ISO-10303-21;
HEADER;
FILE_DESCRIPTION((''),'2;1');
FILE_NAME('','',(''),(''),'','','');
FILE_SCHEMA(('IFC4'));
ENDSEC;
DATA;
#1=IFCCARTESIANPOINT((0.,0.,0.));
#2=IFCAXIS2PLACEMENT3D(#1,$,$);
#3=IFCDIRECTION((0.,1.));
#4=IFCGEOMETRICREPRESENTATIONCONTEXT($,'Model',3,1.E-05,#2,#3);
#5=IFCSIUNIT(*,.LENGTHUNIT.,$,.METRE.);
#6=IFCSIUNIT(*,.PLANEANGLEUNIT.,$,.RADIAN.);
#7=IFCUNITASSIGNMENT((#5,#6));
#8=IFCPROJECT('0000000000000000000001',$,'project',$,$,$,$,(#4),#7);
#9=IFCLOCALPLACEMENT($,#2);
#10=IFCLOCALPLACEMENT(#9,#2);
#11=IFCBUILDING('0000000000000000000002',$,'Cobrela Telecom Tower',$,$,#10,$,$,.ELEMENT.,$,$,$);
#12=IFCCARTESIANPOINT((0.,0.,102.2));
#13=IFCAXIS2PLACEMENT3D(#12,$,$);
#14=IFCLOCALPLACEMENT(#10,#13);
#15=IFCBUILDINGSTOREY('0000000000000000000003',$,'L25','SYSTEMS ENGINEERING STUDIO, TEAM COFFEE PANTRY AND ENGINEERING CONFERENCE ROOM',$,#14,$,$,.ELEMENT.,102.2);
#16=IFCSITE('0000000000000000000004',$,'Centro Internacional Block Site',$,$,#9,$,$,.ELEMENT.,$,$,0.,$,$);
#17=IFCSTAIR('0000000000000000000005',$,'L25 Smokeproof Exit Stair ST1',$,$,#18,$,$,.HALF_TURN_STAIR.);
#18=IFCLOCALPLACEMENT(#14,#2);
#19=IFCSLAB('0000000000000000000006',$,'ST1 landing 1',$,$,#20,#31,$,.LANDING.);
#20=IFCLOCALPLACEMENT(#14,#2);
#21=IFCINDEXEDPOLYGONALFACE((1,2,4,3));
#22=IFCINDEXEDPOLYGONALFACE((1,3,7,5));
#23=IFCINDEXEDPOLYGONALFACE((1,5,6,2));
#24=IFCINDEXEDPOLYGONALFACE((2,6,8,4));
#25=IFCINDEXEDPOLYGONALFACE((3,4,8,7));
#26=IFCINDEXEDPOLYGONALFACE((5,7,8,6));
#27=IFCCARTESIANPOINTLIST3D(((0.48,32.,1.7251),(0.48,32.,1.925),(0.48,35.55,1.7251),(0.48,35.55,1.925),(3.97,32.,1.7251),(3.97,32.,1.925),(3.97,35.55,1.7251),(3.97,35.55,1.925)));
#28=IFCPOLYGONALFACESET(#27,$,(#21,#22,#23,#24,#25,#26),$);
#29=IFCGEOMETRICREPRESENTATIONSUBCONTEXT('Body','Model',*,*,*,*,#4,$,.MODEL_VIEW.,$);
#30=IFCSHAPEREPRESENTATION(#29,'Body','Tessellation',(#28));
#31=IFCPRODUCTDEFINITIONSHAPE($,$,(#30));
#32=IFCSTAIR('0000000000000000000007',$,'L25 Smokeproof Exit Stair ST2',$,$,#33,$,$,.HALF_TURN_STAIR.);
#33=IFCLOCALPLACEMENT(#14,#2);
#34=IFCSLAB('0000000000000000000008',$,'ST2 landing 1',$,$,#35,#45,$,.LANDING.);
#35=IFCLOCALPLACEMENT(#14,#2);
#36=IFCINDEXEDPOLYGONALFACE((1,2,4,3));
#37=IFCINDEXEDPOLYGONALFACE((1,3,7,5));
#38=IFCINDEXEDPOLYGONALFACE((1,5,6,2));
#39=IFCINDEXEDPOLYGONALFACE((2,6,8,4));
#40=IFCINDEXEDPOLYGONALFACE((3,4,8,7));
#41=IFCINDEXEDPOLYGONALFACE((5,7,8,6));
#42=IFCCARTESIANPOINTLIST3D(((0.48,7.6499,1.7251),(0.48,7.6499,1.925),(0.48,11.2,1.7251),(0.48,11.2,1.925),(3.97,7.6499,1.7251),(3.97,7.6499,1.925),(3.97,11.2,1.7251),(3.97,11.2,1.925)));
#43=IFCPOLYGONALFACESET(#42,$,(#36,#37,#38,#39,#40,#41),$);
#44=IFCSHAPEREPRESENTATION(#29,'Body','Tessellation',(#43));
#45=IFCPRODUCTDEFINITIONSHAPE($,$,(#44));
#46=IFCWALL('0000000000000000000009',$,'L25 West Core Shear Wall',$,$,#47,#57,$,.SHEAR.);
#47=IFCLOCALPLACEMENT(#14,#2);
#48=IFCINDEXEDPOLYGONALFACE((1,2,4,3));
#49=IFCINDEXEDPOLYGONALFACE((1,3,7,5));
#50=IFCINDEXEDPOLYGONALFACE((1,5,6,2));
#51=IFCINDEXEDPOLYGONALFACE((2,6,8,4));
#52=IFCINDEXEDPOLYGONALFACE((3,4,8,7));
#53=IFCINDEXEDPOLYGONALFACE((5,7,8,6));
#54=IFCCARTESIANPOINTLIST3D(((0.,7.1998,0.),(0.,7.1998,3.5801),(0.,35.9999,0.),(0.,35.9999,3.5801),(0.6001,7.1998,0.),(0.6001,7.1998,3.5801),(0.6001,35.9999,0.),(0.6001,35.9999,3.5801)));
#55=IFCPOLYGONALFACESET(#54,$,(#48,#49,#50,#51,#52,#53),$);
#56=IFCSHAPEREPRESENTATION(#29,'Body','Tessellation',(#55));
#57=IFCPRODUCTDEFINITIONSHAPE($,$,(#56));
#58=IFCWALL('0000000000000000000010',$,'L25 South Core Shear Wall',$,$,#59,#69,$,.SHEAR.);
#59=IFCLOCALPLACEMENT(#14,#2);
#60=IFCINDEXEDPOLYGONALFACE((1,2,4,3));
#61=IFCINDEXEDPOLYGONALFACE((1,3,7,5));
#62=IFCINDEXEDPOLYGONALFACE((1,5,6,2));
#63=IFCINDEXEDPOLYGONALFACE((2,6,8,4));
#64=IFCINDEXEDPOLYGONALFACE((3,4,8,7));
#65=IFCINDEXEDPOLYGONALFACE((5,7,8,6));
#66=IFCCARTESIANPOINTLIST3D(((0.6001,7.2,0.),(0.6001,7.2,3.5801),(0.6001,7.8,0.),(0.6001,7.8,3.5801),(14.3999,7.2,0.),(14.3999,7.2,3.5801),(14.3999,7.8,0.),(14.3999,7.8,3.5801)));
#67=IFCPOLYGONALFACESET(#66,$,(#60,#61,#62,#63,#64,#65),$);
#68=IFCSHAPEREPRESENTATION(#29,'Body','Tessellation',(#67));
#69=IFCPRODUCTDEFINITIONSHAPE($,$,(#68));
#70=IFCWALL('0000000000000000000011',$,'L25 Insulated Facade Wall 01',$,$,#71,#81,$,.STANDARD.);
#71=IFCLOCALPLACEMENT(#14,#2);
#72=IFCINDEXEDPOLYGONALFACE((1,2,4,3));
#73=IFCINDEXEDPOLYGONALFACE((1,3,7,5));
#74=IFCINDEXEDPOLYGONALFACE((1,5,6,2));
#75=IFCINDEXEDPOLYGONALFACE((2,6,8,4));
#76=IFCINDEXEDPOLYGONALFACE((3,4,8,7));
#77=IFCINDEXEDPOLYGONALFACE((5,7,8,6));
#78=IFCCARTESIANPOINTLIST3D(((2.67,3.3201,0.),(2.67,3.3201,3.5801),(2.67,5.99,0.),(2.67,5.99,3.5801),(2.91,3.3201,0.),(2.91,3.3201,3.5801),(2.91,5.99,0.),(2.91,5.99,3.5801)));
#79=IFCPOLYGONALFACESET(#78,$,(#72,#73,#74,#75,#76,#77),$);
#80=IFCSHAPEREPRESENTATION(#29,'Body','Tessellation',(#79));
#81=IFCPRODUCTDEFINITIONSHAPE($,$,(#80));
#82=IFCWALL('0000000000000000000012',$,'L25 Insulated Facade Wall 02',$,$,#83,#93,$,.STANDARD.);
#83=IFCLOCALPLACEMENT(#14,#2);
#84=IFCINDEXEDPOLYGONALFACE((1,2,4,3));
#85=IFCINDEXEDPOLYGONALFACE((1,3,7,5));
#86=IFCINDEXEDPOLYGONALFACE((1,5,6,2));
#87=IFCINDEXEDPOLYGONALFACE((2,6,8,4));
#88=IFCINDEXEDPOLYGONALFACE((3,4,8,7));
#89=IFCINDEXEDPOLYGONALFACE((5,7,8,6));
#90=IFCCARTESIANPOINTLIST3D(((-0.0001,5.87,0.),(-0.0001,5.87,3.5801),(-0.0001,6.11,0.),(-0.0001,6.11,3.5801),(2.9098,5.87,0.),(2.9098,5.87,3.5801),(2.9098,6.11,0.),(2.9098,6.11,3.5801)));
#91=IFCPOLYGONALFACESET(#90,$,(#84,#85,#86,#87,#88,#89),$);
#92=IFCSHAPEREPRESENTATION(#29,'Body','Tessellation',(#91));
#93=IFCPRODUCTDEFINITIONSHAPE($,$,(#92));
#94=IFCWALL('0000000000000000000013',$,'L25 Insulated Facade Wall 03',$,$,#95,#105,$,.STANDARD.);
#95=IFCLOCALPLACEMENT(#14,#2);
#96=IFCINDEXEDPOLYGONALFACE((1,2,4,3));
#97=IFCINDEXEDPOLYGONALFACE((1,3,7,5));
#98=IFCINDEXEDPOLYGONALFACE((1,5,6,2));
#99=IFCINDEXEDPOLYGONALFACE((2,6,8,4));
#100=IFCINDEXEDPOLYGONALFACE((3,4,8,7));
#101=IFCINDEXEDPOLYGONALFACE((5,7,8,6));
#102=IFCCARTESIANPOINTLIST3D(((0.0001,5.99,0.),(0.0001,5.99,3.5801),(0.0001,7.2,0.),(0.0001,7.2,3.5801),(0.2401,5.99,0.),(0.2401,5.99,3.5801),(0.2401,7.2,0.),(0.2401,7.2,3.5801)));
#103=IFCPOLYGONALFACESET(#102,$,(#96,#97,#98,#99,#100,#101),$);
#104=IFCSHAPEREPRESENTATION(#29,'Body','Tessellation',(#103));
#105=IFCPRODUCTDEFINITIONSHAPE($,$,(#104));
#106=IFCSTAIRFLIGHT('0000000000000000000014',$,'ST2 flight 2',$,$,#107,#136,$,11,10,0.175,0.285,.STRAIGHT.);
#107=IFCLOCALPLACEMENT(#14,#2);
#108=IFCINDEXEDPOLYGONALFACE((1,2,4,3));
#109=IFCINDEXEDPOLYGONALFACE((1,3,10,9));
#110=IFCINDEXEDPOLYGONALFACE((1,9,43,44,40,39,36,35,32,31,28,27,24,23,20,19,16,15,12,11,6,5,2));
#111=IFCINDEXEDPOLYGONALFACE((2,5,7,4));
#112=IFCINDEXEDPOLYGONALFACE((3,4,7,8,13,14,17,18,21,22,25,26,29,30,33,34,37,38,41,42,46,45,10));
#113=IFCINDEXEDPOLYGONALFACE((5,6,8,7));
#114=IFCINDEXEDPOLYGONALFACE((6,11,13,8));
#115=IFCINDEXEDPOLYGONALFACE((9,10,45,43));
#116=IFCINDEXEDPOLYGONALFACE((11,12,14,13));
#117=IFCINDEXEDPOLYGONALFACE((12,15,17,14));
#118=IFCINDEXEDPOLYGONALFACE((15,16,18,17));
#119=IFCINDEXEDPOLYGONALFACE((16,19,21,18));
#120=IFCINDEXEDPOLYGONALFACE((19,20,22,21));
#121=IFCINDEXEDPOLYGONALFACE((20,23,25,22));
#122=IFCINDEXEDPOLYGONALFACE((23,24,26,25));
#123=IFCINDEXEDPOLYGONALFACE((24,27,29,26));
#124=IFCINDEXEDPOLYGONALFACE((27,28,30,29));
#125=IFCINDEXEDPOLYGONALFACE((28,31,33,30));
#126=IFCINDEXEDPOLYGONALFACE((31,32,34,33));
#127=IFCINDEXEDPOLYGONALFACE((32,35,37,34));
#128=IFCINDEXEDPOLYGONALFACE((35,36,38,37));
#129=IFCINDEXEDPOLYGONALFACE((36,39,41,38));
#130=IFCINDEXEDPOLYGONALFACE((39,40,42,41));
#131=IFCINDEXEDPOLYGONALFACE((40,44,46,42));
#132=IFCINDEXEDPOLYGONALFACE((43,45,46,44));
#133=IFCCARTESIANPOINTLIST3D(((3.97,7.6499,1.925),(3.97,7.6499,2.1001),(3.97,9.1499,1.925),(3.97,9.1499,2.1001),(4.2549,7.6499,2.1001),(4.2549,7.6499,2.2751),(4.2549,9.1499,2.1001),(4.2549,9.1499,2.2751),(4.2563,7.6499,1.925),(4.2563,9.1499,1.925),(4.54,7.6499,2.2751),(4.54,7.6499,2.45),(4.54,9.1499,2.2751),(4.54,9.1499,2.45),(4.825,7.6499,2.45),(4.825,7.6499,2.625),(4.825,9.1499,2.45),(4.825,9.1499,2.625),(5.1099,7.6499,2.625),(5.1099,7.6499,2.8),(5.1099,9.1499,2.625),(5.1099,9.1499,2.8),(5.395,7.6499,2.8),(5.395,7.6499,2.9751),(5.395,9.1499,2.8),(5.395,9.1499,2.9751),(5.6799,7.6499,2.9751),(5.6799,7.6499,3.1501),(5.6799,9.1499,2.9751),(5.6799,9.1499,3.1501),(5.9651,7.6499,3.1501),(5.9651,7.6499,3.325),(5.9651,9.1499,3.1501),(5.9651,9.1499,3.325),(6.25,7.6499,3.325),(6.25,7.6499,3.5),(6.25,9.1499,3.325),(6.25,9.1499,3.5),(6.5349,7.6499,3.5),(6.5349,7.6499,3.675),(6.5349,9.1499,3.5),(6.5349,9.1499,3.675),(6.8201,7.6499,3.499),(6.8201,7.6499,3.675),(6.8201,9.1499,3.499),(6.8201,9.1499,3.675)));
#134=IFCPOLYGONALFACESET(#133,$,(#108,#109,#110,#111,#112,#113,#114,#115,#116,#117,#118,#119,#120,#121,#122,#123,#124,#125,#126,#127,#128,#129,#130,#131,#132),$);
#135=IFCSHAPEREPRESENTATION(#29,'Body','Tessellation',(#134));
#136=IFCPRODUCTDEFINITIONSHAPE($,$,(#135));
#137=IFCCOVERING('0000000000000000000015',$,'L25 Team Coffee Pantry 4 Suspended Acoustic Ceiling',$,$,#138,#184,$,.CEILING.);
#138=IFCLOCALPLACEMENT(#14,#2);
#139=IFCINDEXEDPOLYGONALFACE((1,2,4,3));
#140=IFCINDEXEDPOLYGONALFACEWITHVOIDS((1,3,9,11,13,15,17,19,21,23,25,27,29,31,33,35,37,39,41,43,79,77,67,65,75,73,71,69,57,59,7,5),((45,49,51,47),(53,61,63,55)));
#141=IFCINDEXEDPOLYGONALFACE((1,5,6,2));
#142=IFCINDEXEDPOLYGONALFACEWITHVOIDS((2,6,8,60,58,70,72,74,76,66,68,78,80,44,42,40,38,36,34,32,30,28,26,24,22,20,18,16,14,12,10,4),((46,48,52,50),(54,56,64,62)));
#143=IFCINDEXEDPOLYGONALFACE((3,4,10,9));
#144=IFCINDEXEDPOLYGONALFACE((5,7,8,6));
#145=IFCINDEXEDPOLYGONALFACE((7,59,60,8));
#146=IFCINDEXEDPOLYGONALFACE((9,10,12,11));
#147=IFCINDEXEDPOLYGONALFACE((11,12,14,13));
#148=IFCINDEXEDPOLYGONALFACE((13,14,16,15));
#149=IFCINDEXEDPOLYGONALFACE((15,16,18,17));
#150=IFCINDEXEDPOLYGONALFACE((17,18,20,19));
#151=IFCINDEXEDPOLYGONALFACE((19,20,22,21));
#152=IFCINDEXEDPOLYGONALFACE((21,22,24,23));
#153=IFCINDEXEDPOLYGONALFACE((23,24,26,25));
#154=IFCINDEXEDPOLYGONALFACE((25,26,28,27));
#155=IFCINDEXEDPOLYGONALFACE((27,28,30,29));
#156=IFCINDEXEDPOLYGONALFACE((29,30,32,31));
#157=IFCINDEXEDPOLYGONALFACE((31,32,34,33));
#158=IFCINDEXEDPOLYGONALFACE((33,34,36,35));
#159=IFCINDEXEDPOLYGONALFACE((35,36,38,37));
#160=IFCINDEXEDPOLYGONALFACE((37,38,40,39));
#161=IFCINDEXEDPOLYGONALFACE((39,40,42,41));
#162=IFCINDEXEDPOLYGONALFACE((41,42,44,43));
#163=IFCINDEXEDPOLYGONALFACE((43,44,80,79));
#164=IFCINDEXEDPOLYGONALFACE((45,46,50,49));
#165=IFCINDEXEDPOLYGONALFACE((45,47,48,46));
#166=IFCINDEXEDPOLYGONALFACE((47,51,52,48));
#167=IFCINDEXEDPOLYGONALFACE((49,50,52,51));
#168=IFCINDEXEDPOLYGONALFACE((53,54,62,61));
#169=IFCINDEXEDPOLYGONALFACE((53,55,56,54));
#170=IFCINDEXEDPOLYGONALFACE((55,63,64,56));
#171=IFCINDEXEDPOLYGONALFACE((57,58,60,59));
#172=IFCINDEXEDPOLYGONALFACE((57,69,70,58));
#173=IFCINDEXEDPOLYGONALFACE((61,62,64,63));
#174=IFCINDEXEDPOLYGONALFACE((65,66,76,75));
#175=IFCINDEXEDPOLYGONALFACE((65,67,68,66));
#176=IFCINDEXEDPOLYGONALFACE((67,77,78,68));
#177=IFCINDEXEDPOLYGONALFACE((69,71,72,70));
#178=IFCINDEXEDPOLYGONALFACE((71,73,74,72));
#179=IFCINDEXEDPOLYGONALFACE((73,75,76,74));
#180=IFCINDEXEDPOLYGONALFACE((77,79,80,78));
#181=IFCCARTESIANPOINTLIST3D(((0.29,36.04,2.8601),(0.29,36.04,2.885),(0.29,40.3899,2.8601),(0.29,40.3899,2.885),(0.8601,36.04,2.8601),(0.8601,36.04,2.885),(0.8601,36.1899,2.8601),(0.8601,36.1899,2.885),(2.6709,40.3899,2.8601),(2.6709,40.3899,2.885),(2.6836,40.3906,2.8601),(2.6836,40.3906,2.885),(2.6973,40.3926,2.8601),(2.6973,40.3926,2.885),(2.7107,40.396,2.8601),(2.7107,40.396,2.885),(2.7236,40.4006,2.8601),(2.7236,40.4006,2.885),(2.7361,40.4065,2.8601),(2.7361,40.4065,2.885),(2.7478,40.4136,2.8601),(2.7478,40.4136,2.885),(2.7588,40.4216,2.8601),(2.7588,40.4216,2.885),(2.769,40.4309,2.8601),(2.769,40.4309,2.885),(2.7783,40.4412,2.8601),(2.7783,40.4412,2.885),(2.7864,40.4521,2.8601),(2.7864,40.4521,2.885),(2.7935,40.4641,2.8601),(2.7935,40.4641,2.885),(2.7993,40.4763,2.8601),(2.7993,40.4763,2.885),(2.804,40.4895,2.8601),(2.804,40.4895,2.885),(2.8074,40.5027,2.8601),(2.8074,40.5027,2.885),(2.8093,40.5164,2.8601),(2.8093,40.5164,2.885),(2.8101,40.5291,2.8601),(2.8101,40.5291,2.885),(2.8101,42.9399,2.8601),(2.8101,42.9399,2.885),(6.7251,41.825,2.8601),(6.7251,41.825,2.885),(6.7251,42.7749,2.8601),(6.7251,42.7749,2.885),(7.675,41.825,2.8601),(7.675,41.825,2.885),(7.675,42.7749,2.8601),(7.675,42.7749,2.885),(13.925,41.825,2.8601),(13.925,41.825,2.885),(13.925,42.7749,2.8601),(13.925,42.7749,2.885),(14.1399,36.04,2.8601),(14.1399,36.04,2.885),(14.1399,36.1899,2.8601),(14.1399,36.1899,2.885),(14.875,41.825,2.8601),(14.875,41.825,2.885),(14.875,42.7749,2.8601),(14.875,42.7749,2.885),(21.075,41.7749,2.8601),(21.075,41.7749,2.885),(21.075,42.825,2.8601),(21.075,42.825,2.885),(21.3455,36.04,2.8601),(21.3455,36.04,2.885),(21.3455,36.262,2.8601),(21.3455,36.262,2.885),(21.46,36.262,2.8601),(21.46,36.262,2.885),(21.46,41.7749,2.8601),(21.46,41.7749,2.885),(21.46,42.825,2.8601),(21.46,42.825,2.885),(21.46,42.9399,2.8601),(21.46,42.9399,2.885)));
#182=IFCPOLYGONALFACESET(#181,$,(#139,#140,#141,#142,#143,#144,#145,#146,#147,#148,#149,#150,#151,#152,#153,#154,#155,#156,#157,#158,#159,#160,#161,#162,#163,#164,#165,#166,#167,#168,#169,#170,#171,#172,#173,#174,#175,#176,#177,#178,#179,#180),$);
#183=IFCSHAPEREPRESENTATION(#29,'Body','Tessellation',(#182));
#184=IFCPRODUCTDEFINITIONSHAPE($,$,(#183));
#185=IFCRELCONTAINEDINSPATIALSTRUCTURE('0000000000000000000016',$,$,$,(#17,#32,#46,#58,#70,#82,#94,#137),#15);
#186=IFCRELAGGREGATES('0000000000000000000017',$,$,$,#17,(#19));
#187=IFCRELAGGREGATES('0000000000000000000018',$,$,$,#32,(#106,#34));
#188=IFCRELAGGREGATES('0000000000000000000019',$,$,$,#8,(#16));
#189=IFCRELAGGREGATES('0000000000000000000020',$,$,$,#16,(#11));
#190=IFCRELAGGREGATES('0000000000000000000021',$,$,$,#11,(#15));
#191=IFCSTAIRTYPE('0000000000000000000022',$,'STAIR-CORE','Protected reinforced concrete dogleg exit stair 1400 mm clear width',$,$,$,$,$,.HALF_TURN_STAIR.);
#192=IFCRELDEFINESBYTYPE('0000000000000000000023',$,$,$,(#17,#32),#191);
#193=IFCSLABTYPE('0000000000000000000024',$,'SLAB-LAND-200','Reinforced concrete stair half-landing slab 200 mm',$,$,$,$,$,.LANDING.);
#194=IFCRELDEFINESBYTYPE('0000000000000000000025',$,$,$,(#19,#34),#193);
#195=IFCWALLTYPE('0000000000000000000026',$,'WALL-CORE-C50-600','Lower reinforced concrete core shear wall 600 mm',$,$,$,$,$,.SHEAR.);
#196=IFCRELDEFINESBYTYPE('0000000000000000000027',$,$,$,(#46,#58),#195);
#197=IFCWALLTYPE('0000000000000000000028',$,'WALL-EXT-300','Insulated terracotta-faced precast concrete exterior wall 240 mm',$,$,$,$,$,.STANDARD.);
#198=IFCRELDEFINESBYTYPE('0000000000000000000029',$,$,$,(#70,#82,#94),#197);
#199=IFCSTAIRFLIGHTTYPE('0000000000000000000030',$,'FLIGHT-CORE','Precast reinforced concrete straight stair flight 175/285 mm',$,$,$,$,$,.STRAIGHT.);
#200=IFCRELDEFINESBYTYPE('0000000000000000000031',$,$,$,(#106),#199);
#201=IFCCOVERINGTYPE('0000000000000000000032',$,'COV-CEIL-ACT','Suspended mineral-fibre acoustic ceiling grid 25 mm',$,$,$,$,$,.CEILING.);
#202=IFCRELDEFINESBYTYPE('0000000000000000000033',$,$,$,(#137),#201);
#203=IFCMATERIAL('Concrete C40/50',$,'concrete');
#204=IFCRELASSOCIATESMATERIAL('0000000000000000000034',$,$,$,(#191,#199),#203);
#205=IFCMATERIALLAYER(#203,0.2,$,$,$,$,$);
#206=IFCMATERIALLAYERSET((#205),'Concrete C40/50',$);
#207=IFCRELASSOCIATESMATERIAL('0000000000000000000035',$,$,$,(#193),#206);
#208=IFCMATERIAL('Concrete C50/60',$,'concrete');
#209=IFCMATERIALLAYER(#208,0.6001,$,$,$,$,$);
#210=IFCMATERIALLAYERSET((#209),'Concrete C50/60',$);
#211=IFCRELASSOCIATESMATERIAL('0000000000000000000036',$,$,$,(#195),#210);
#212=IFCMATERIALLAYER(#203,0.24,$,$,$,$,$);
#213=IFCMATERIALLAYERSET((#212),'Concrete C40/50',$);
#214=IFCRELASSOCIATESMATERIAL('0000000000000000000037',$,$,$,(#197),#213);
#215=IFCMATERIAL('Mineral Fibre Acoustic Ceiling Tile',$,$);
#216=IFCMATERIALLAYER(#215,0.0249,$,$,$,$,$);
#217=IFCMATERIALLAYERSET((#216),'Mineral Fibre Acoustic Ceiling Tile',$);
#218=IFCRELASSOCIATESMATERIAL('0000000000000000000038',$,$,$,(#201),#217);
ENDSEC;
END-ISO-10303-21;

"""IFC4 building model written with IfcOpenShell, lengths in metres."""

from ifc_helpers import new_model, si_unit, direction, frame, frame_2d, origin, place, context, subcontext, project, spatial, polyline, rectangle, outline, extrude, material, layer, layer_set, type_object, element, aggregate, save


model = new_model("IFC4")

# Units and contexts
model_context = context("Model", 3, precision=1e-05, world=origin(), true_north=direction((0.0, 1.0)))
body_context = subcontext(model_context, "Body", "Model", "MODEL_VIEW")
ifc_project = project(units=[si_unit("LENGTHUNIT", "METRE"), si_unit("PLANEANGLEUNIT", "RADIAN")], contexts=[model_context])

# Site, building, storey
site_placement = place(None, origin())
site = spatial("IfcSite", under=ifc_project, at=site_placement, Name="Centro Internacional Block Site", CompositionType="ELEMENT", RefElevation=0.0)
building_placement = place(site_placement, origin())
building = spatial("IfcBuilding", under=site, at=building_placement, Name="Cobrela Telecom Tower", CompositionType="ELEMENT")
storey_placement = place(building_placement, frame((0.0, 0.0, 102.2)))
storey = spatial("IfcBuildingStorey", under=building, at=storey_placement, Name="L25", Description="SYSTEMS ENGINEERING STUDIO, TEAM COFFEE PANTRY AND ENGINEERING CONFERENCE ROOM", CompositionType="ELEMENT", Elevation=102.2)

# Shared definitions
ifc_material_1 = material(Name="Concrete C40/50", Category="concrete")

# Stairs, slabs
stair_type = type_object("IfcStairType", Name="STAIR-CORE", Description="Protected reinforced concrete dogleg exit stair 1400 mm clear width", PredefinedType="HALF_TURN_STAIR", material=ifc_material_1)
stair_1_placement = place(storey_placement, origin())
stair_1 = element("IfcStair", 1, at=stair_1_placement, inside=storey, type_object=stair_type, Name="L25 Smokeproof Exit Stair ST1", PredefinedType="HALF_TURN_STAIR")
ifc_layer_1 = layer(ifc_material_1, 0.2)
ifc_layer_set_1 = layer_set([ifc_layer_1], Name="Concrete C40/50")
slab_type_1 = type_object("IfcSlabType", Name="SLAB-LAND-200", Description="Reinforced concrete stair half-landing slab 200 mm", PredefinedType="LANDING", material=ifc_layer_set_1)
slab_1_placement = place(storey_placement, frame((0.0, 0.0, 1.7251)))
slab_1 = element("IfcSlab", 2, at=slab_1_placement, type_object=slab_type_1, Name="ST1 landing 1", PredefinedType="LANDING", context=body_context, shape_type="SweptSolid", body=[
    extrude(outline(polyline([(3.97, 35.55), (0.48, 35.55), (0.48, 32.0), (3.97, 32.0), (3.97, 35.55)])), origin(), (0.0, 0.0, 1.0), 0.2),
])
aggregate(stair_1, [slab_1])
stair_2_placement = place(storey_placement, origin())
stair_2 = element("IfcStair", 3, at=stair_2_placement, inside=storey, type_object=stair_type, Name="L25 Smokeproof Exit Stair ST2", PredefinedType="HALF_TURN_STAIR")
slab_2_placement = place(storey_placement, frame((0.0, 0.0, 1.7251)))
slab_2 = element("IfcSlab", 4, at=slab_2_placement, type_object=slab_type_1, Name="ST2 landing 1", PredefinedType="LANDING", context=body_context, shape_type="SweptSolid", body=[
    extrude(outline(polyline([(3.97, 11.2), (0.48, 11.2), (0.48, 7.6499), (3.97, 7.6499), (3.97, 11.2)])), origin(), (0.0, 0.0, 1.0), 0.2),
])

# Walls
ifc_material_2 = material(Name="Concrete C50/60", Category="concrete")
ifc_layer_2 = layer(ifc_material_2, 0.6001)
ifc_layer_set_2 = layer_set([ifc_layer_2], Name="Concrete C50/60")
wall_type_1 = type_object("IfcWallType", Name="WALL-CORE-C50-600", Description="Lower reinforced concrete core shear wall 600 mm", PredefinedType="SHEAR", material=ifc_layer_set_2)
wall_1_placement = place(storey_placement, frame((0.3, 7.2, 0.0), z_axis=(0.0, 0.0, 1.0), x_axis=(0.0, 1.0, 0.0)))
element("IfcWall", 5, at=wall_1_placement, inside=storey, type_object=wall_type_1, Name="L25 West Core Shear Wall", PredefinedType="SHEAR", context=body_context, shape_type="SweptSolid", body=[
    extrude(rectangle(XDim=28.8, YDim=0.6001, at=frame_2d((14.3999, 0.0))), origin(), (0.0, 0.0, 1.0), 3.5801),
])
wall_2_placement = place(storey_placement, frame((0.6001, 7.5, 0.0), z_axis=(0.0, 0.0, 1.0), x_axis=(1.0, 0.0, 0.0)))
element("IfcWall", 6, at=wall_2_placement, inside=storey, type_object=wall_type_1, Name="L25 South Core Shear Wall", PredefinedType="SHEAR", context=body_context, shape_type="SweptSolid", body=[
    extrude(rectangle(XDim=13.7998, YDim=0.6001, at=frame_2d((6.8999, 0.0))), origin(), (0.0, 0.0, 1.0), 3.5801),
])
ifc_layer_3 = layer(ifc_material_1, 0.24)
ifc_layer_set_3 = layer_set([ifc_layer_3], Name="Concrete C40/50")
wall_type_2 = type_object("IfcWallType", Name="WALL-EXT-300", Description="Insulated terracotta-faced precast concrete exterior wall 240 mm", PredefinedType="STANDARD", material=ifc_layer_set_3)
wall_3_placement = place(storey_placement, frame((2.79, 3.3201, 0.0), z_axis=(0.0, 0.0, 1.0), x_axis=(0.0, 1.0, 0.0)))
element("IfcWall", 7, at=wall_3_placement, inside=storey, type_object=wall_type_2, Name="L25 Insulated Facade Wall 01", PredefinedType="STANDARD", context=body_context, shape_type="SweptSolid", body=[
    extrude(rectangle(XDim=2.6699, YDim=0.24, at=frame_2d((1.335, 0.0))), origin(), (0.0, 0.0, 1.0), 3.5801),
])
wall_4_placement = place(storey_placement, frame((2.9099, 5.99, 0.0), z_axis=(0.0, 0.0, 1.0), x_axis=(-1.0, 0.0, 0.0)))
element("IfcWall", 8, at=wall_4_placement, inside=storey, type_object=wall_type_2, Name="L25 Insulated Facade Wall 02", PredefinedType="STANDARD", context=body_context, shape_type="SweptSolid", body=[
    extrude(rectangle(XDim=2.9099, YDim=0.24, at=frame_2d((1.4551, 0.0))), origin(), (0.0, 0.0, 1.0), 3.5801),
])
wall_5_placement = place(storey_placement, frame((0.1201, 5.99, 0.0), z_axis=(0.0, 0.0, 1.0), x_axis=(0.0, 1.0, 0.0)))
element("IfcWall", 9, at=wall_5_placement, inside=storey, type_object=wall_type_2, Name="L25 Insulated Facade Wall 03", PredefinedType="STANDARD", context=body_context, shape_type="SweptSolid", body=[
    extrude(rectangle(XDim=1.21, YDim=0.24, at=frame_2d((0.605, 0.0))), origin(), (0.0, 0.0, 1.0), 3.5801),
])

# Stair flight
stair_flight_type = type_object("IfcStairFlightType", Name="FLIGHT-CORE", Description="Precast reinforced concrete straight stair flight 175/285 mm", PredefinedType="STRAIGHT", material=ifc_material_1)
stair_flight_placement = place(storey_placement, frame((3.97, 8.3999, 1.925), z_axis=(0.0, 0.0, 1.0), x_axis=(1.0, 0.0, 0.0)))
stair_flight = element("IfcStairFlight", 10, at=stair_flight_placement, type_object=stair_flight_type, Name="ST2 flight 2", NumberOfRisers=11, NumberOfTreads=10, PredefinedType="STRAIGHT", RiserHeight=0.175, TreadLength=0.285, context=body_context, shape_type="SweptSolid", body=[
    extrude(outline(polyline([(0.0, 0.0), (0.0, 0.175), (0.2849, 0.175), (0.2849, 0.3501), (0.5701, 0.3501), (0.5701, 0.5249), (0.855, 0.5249), (0.855, 0.7), (1.1399, 0.7), (1.1399, 0.875), (1.425, 0.875), (1.425, 1.05), (1.71, 1.05), (1.71, 1.2251), (1.9951, 1.2251), (1.9951, 1.3999), (2.28, 1.3999), (2.28, 1.575), (2.5649, 1.575), (2.5649, 1.75), (2.8501, 1.75), (2.8501, 1.925), (2.8501, 1.574), (0.2864, 0.0), (0.0, 0.0)])), frame((0.0, 0.75, 0.0), z_axis=(0.0, -1.0, 0.0), x_axis=(1.0, 0.0, 0.0)), (0.0, 0.0, 1.0), 1.5),
])
aggregate(stair_2, [stair_flight, slab_2])

# Covering
ifc_material_3 = material(Name="Mineral Fibre Acoustic Ceiling Tile")
ifc_layer_4 = layer(ifc_material_3, 0.0249)
ifc_layer_set_4 = layer_set([ifc_layer_4], Name="Mineral Fibre Acoustic Ceiling Tile")
covering_type_1 = type_object("IfcCoveringType", Name="COV-CEIL-ACT", Description="Suspended mineral-fibre acoustic ceiling grid 25 mm", PredefinedType="CEILING", material=ifc_layer_set_4)
covering_1_placement = place(storey_placement, frame((0.0, 0.0, 2.8601)))
element("IfcCovering", 11, at=covering_1_placement, inside=storey, type_object=covering_type_1, Name="L25 Team Coffee Pantry 4 Suspended Acoustic Ceiling", PredefinedType="CEILING", context=body_context, shape_type="SweptSolid", body=[
    extrude(outline(polyline([(21.075, 41.7749), (21.46, 41.7749), (21.46, 36.262), (21.3455, 36.262), (21.3455, 36.04), (14.1399, 36.04), (14.1399, 36.1899), (0.8601, 36.1899), (0.8601, 36.04), (0.29, 36.04), (0.29, 40.3899), (2.6709, 40.3899), (2.6836, 40.3906), (2.6973, 40.3926), (2.7107, 40.396), (2.7236, 40.4006), (2.7361, 40.4065), (2.7478, 40.4136), (2.7588, 40.4216), (2.769, 40.4309), (2.7783, 40.4412), (2.7864, 40.4521), (2.7935, 40.4641), (2.7993, 40.4763), (2.804, 40.4895), (2.8074, 40.5027), (2.8093, 40.5164), (2.8101, 40.5291), (2.8101, 42.9399), (21.46, 42.9399), (21.46, 42.825), (21.075, 42.825), (21.075, 41.7749)]), holes=[polyline([(7.675, 41.825), (7.675, 42.7749), (6.7251, 42.7749), (6.7251, 41.825), (7.675, 41.825)]), polyline([(14.875, 41.825), (14.875, 42.7749), (13.925, 42.7749), (13.925, 41.825), (14.875, 41.825)])]), origin(), (0.0, 0.0, 1.0), 0.0249),
])

save(model, "model.ifc")
